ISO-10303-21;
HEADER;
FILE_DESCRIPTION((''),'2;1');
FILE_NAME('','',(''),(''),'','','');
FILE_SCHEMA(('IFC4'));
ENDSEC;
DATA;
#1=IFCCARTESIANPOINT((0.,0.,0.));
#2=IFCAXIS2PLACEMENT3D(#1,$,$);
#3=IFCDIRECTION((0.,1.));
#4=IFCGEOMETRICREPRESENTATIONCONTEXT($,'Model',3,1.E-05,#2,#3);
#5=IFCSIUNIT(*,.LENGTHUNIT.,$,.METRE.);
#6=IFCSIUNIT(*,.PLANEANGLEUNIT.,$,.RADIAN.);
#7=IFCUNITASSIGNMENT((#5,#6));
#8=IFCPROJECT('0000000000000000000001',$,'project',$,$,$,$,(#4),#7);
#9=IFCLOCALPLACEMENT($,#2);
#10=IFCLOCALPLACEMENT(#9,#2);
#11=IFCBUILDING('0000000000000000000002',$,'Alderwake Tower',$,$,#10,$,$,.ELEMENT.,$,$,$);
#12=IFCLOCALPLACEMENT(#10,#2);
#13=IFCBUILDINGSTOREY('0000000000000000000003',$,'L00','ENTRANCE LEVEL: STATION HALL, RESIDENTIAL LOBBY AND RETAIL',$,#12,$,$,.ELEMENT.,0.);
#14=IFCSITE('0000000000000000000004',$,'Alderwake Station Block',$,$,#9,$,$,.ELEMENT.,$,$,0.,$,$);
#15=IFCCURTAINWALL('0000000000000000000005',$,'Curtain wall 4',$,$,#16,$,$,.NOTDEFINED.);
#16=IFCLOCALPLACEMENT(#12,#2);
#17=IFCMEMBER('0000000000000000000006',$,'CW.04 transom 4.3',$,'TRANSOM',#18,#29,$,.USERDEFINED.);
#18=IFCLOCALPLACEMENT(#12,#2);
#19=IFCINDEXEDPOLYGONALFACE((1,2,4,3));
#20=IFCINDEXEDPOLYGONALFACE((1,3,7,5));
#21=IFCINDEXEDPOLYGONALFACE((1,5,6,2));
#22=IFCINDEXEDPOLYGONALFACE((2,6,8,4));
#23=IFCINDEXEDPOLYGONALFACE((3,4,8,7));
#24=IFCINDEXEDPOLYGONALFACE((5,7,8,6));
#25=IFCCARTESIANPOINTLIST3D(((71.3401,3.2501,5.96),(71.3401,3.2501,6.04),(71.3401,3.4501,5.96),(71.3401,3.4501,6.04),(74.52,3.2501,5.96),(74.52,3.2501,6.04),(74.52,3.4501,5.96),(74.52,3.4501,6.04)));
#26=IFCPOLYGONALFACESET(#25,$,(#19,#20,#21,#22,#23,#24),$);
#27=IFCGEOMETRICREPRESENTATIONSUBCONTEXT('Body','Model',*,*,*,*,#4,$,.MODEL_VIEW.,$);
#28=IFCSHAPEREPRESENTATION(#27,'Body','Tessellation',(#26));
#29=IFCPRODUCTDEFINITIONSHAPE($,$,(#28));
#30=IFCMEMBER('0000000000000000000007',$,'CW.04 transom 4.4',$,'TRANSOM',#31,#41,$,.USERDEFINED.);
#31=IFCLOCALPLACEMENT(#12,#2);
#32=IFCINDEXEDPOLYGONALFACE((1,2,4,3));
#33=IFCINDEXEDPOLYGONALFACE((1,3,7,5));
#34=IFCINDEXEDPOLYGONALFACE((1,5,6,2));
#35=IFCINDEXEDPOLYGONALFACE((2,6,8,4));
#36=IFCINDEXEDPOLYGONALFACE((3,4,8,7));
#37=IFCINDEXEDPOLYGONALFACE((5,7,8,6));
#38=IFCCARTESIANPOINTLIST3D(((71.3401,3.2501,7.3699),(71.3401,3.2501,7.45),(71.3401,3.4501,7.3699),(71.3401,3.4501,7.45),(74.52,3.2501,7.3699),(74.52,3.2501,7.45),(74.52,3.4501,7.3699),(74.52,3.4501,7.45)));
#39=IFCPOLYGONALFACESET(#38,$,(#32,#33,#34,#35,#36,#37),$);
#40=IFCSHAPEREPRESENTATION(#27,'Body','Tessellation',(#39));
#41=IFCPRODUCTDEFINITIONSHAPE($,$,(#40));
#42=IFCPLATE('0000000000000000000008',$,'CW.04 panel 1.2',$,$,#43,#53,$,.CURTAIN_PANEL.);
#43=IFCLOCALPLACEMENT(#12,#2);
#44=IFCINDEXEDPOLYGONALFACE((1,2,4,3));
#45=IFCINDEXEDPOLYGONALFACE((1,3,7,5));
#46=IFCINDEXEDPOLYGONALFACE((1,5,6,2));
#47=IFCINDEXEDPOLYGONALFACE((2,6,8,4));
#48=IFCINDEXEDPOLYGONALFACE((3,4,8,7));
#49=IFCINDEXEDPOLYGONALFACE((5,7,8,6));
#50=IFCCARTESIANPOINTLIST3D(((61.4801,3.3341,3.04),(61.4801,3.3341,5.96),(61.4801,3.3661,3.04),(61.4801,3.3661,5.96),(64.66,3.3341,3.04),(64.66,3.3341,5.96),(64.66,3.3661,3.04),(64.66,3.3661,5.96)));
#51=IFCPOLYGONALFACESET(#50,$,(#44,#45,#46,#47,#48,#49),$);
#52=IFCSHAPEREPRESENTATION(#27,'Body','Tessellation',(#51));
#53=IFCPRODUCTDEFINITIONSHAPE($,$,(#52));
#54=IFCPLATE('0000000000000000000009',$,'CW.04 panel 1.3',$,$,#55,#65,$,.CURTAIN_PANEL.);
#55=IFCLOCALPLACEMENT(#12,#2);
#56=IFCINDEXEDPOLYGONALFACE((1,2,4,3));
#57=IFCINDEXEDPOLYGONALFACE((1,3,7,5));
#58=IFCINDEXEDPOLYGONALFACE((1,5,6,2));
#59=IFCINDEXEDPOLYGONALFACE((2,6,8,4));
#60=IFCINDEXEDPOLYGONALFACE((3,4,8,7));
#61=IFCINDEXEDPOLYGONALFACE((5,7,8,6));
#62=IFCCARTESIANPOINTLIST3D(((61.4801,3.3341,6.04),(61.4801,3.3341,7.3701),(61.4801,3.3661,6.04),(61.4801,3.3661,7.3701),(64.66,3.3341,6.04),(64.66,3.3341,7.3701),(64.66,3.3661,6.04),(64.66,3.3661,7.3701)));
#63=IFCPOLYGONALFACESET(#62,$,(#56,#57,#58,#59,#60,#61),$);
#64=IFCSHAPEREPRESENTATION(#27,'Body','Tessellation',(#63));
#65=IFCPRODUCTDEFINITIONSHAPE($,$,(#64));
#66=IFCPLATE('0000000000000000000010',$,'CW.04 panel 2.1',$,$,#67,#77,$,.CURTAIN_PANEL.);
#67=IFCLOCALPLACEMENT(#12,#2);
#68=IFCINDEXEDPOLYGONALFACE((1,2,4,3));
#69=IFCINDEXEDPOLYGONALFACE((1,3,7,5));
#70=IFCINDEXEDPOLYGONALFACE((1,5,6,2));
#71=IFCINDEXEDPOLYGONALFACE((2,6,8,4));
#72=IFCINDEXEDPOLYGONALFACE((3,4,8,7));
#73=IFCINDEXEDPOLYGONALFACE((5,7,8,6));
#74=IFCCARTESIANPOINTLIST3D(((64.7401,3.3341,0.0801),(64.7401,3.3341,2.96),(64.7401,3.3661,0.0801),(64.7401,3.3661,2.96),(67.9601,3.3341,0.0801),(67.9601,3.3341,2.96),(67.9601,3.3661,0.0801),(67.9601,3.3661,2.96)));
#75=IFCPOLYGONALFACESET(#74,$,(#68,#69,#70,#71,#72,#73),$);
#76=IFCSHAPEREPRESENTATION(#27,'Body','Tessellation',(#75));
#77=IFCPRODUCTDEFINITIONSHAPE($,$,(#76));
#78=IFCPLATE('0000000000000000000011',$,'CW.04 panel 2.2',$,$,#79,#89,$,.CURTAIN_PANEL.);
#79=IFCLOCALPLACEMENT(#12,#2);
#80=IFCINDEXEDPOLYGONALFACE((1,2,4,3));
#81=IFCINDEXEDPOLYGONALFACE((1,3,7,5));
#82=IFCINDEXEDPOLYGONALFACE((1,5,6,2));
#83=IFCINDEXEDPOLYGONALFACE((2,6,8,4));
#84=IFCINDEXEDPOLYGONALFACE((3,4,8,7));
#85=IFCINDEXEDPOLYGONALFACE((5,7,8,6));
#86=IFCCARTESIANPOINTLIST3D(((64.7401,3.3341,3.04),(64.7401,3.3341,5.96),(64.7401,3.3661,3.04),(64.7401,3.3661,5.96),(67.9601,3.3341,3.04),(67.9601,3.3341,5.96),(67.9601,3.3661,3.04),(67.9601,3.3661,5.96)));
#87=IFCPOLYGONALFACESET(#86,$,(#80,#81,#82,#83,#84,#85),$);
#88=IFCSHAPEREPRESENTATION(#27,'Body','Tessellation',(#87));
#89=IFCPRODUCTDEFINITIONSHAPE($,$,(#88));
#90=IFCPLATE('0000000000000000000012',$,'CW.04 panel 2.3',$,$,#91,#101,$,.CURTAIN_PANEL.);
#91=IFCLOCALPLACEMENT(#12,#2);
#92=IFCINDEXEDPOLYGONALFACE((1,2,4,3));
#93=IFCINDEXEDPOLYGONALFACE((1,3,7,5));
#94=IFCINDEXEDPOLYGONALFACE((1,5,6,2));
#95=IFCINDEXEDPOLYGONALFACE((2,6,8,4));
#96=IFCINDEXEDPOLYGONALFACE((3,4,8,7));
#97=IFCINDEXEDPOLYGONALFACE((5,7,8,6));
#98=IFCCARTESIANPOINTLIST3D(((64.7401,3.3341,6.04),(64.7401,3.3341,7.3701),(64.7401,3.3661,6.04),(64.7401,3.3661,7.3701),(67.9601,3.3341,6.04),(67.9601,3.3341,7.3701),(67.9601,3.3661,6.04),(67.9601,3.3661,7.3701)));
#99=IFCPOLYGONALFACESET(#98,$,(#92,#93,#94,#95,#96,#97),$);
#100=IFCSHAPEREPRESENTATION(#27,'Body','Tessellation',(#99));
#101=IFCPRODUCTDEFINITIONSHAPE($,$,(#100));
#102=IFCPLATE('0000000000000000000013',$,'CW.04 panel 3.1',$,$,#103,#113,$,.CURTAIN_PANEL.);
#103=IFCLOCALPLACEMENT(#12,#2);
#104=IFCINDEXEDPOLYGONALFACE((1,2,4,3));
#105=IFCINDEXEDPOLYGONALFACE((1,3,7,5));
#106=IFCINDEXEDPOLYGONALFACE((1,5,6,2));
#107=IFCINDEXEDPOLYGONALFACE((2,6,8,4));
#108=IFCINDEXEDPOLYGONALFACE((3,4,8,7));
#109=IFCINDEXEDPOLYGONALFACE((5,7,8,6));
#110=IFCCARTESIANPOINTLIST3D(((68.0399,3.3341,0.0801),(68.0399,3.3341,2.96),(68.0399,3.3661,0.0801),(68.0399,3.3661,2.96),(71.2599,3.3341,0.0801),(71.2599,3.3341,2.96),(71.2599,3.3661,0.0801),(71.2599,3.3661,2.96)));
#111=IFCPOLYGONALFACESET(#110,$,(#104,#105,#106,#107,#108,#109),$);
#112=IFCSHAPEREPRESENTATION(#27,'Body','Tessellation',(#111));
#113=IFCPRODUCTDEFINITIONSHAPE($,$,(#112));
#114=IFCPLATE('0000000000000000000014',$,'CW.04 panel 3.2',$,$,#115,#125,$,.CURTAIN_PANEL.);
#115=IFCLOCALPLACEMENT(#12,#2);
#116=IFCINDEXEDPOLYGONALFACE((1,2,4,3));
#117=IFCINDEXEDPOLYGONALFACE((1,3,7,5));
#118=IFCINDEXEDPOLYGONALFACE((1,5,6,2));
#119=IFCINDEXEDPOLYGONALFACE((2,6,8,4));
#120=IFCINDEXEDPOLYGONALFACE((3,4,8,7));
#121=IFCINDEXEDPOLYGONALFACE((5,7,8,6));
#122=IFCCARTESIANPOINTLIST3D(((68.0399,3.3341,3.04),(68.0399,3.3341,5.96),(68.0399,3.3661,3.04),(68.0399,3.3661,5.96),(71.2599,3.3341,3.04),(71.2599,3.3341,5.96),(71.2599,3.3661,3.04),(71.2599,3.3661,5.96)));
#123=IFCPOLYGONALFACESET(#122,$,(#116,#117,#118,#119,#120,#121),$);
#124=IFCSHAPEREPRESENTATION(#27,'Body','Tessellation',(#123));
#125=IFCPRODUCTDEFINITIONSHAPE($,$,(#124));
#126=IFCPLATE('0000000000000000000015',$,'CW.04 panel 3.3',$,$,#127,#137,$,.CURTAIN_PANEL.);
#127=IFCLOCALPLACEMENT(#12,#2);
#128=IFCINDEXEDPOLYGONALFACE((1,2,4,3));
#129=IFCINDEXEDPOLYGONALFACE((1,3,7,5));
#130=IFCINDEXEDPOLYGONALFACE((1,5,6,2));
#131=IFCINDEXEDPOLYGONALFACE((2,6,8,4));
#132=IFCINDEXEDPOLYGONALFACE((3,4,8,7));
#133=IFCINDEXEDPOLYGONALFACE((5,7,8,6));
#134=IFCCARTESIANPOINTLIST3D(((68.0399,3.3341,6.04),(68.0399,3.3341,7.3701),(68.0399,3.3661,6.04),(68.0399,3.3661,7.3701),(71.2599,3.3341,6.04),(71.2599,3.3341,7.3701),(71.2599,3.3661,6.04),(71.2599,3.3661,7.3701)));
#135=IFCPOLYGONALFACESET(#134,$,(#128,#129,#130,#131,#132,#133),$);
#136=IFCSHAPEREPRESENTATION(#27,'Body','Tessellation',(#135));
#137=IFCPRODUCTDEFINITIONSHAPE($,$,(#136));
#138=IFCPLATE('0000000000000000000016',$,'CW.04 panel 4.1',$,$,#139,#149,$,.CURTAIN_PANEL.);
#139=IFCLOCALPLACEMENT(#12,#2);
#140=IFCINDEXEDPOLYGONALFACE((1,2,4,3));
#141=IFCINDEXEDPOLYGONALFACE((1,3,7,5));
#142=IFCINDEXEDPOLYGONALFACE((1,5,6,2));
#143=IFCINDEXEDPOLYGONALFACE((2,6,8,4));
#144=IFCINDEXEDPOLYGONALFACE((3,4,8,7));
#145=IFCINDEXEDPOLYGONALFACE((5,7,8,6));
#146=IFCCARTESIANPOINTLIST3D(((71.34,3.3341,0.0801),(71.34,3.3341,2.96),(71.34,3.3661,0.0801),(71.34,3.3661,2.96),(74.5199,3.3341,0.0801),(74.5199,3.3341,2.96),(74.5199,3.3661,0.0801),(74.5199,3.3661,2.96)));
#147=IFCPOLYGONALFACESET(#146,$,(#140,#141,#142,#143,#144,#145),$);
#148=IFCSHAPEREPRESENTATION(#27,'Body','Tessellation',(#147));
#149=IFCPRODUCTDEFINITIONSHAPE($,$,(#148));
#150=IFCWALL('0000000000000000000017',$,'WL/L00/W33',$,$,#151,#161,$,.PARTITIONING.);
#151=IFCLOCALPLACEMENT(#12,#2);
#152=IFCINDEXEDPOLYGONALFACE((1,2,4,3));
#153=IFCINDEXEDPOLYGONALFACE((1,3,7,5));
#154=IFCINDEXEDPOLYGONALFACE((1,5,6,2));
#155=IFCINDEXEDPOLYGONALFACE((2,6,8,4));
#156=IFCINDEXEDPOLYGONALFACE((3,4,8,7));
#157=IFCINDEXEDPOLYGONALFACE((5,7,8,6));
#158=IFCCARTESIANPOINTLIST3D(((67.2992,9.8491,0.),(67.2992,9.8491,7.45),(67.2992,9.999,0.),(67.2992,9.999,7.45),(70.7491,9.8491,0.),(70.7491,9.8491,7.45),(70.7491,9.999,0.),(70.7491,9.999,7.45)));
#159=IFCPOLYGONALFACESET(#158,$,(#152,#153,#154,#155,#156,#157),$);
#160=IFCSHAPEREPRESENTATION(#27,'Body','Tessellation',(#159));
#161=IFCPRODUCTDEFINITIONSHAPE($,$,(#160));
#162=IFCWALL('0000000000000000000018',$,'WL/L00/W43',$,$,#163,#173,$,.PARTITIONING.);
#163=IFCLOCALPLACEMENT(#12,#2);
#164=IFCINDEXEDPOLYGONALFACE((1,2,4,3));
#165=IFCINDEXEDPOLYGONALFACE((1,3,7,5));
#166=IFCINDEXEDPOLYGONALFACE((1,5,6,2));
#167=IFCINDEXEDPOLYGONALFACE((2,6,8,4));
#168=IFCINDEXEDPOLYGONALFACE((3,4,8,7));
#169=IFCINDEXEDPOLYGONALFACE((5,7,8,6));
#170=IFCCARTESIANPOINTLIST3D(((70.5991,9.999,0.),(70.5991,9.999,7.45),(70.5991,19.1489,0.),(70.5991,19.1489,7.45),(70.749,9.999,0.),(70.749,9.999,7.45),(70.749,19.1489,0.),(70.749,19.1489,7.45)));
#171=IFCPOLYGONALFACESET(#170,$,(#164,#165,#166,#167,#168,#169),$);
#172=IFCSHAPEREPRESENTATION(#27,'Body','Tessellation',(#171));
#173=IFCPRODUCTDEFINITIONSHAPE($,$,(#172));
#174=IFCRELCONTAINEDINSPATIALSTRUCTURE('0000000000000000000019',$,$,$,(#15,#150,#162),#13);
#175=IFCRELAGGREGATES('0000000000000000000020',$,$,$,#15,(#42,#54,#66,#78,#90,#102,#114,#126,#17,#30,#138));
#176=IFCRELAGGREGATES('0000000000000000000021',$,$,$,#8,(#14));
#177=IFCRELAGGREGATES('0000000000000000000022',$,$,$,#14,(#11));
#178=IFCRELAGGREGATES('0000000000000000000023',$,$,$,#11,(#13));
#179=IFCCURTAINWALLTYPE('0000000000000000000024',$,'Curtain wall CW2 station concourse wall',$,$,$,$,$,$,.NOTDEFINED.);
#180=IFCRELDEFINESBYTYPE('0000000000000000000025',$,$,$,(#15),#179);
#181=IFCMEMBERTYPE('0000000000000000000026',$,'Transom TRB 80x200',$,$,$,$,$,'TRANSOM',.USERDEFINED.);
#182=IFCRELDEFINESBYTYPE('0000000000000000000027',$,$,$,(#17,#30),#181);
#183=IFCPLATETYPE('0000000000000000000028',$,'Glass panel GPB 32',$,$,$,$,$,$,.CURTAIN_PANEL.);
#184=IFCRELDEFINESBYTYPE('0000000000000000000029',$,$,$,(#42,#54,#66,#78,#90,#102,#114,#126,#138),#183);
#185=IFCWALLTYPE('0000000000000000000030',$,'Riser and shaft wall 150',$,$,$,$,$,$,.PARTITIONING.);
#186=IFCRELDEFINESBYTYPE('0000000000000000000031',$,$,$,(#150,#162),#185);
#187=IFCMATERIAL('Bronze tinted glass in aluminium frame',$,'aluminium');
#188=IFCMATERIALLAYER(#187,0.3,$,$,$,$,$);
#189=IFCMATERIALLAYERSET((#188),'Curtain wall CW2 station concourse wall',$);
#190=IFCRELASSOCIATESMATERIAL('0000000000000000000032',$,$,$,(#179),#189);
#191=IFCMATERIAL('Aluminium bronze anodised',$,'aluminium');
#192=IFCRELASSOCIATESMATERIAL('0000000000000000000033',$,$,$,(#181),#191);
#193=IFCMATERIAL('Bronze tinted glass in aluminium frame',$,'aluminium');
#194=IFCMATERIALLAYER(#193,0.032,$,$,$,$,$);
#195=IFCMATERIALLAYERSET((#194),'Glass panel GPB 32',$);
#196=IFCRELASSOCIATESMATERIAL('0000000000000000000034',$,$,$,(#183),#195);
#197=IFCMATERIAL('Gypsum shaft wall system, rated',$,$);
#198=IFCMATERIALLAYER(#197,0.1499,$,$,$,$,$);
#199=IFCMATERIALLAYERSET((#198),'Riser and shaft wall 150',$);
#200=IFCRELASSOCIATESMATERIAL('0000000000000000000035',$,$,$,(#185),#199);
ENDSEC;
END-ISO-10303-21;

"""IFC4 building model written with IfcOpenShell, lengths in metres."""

from ifc_helpers import new_model, si_unit, direction, frame, frame_2d, origin, origin_2d, place, context, subcontext, project, spatial, rectangle, extrude, material, layer, layer_set, material_profile, profile_set, type_object, element, aggregate, save


model = new_model("IFC4")

# Units and contexts
model_context = context("Model", 3, precision=1e-05, world=origin(), true_north=direction((0.0, 1.0)))
body_context = subcontext(model_context, "Body", "Model", "MODEL_VIEW")
ifc_project = project(units=[si_unit("LENGTHUNIT", "METRE"), si_unit("PLANEANGLEUNIT", "RADIAN")], contexts=[model_context])

# Site, building, storey
site_placement = place(None, origin())
site = spatial("IfcSite", under=ifc_project, at=site_placement, Name="Alderwake Station Block", CompositionType="ELEMENT", RefElevation=0.0)
building_placement = place(site_placement, origin())
building = spatial("IfcBuilding", under=site, at=building_placement, Name="Alderwake Tower", CompositionType="ELEMENT")
storey_placement = place(building_placement, origin())
storey = spatial("IfcBuildingStorey", under=building, at=storey_placement, Name="L00", Description="ENTRANCE LEVEL: STATION HALL, RESIDENTIAL LOBBY AND RETAIL", CompositionType="ELEMENT", Elevation=0.0)

# Curtain wall, members, plates
ifc_material_1 = material(Name="Bronze tinted glass in aluminium frame", Category="aluminium")
ifc_layer_1 = layer(ifc_material_1, 0.3)
ifc_layer_set_1 = layer_set([ifc_layer_1], Name="Curtain wall CW2 station concourse wall")
curtain_wall_type = type_object("IfcCurtainWallType", Name="Curtain wall CW2 station concourse wall", PredefinedType="NOTDEFINED", material=ifc_layer_set_1)
curtain_wall_placement = place(storey_placement, origin())
curtain_wall = element("IfcCurtainWall", 1, at=curtain_wall_placement, inside=storey, type_object=curtain_wall_type, Name="Curtain wall 4", PredefinedType="NOTDEFINED")
ifc_material_2 = material(Name="Aluminium bronze anodised", Category="aluminium")
ifc_material_profile_1 = material_profile(ifc_material_2, rectangle(XDim=0.2, YDim=0.0801, at=origin_2d()), Name="Transom TRB 80x200")
ifc_profile_set_1 = profile_set([ifc_material_profile_1], Name="Aluminium bronze anodised")
member_type_1 = type_object("IfcMemberType", Name="Transom TRB 80x200", ElementType="TRANSOM", PredefinedType="USERDEFINED", material=ifc_profile_set_1)
member_1_placement = place(storey_placement, frame((71.3401, 3.3501, 6.0), z_axis=(1.0, 0.0, 0.0), x_axis=(0.0, 1.0, 0.0)))
member_1 = element("IfcMember", 2, at=member_1_placement, type_object=member_type_1, Name="CW.04 transom 4.3", ObjectType="TRANSOM", PredefinedType="USERDEFINED", context=body_context, shape_type="SweptSolid", body=[
    extrude(rectangle(XDim=0.2, YDim=0.0801, at=origin_2d()), origin(), (0.0, 0.0, 1.0), 3.1799),
])
member_2_placement = place(storey_placement, frame((71.3401, 3.3501, 7.4099), z_axis=(1.0, 0.0, 0.0), x_axis=(0.0, 1.0, 0.0)))
member_2 = element("IfcMember", 3, at=member_2_placement, type_object=member_type_1, Name="CW.04 transom 4.4", ObjectType="TRANSOM", PredefinedType="USERDEFINED", context=body_context, shape_type="SweptSolid", body=[
    extrude(rectangle(XDim=0.2, YDim=0.0801, at=origin_2d()), origin(), (0.0, 0.0, 1.0), 3.1799),
])
ifc_material_3 = material(Name="Bronze tinted glass in aluminium frame", Category="aluminium")
ifc_layer_2 = layer(ifc_material_3, 0.032)
ifc_layer_set_2 = layer_set([ifc_layer_2], Name="Glass panel GPB 32")
plate_type = type_object("IfcPlateType", Name="Glass panel GPB 32", PredefinedType="CURTAIN_PANEL", material=ifc_layer_set_2)
plate_1_placement = place(storey_placement, frame((63.0701, 3.3501, 3.04), z_axis=(0.0, 0.0, 1.0), x_axis=(1.0, 0.0, 0.0)))
plate_1 = element("IfcPlate", 4, at=plate_1_placement, type_object=plate_type, Name="CW.04 panel 1.2", PredefinedType="CURTAIN_PANEL", context=body_context, shape_type="SweptSolid", body=[
    extrude(rectangle(XDim=3.1799, YDim=0.032, at=origin_2d()), origin(), (0.0, 0.0, 1.0), 2.9199),
])
plate_2_placement = place(storey_placement, frame((63.0701, 3.3501, 6.04), z_axis=(0.0, 0.0, 1.0), x_axis=(1.0, 0.0, 0.0)))
plate_2 = element("IfcPlate", 5, at=plate_2_placement, type_object=plate_type, Name="CW.04 panel 1.3", PredefinedType="CURTAIN_PANEL", context=body_context, shape_type="SweptSolid", body=[
    extrude(rectangle(XDim=3.1799, YDim=0.032, at=origin_2d()), origin(), (0.0, 0.0, 1.0), 1.3301),
])
plate_3_placement = place(storey_placement, frame((66.3501, 3.3501, 0.0801), z_axis=(0.0, 0.0, 1.0), x_axis=(1.0, 0.0, 0.0)))
plate_3 = element("IfcPlate", 6, at=plate_3_placement, type_object=plate_type, Name="CW.04 panel 2.1", PredefinedType="CURTAIN_PANEL", context=body_context, shape_type="SweptSolid", body=[
    extrude(rectangle(XDim=3.22, YDim=0.032, at=origin_2d()), origin(), (0.0, 0.0, 1.0), 2.8799),
])
plate_4_placement = place(storey_placement, frame((66.3501, 3.3501, 3.04), z_axis=(0.0, 0.0, 1.0), x_axis=(1.0, 0.0, 0.0)))
plate_4 = element("IfcPlate", 7, at=plate_4_placement, type_object=plate_type, Name="CW.04 panel 2.2", PredefinedType="CURTAIN_PANEL", context=body_context, shape_type="SweptSolid", body=[
    extrude(rectangle(XDim=3.22, YDim=0.032, at=origin_2d()), origin(), (0.0, 0.0, 1.0), 2.9199),
])
plate_5_placement = place(storey_placement, frame((66.3501, 3.3501, 6.04), z_axis=(0.0, 0.0, 1.0), x_axis=(1.0, 0.0, 0.0)))
plate_5 = element("IfcPlate", 8, at=plate_5_placement, type_object=plate_type, Name="CW.04 panel 2.3", PredefinedType="CURTAIN_PANEL", context=body_context, shape_type="SweptSolid", body=[
    extrude(rectangle(XDim=3.22, YDim=0.032, at=origin_2d()), origin(), (0.0, 0.0, 1.0), 1.3301),
])
plate_6_placement = place(storey_placement, frame((69.6499, 3.3501, 0.0801), z_axis=(0.0, 0.0, 1.0), x_axis=(1.0, 0.0, 0.0)))
plate_6 = element("IfcPlate", 9, at=plate_6_placement, type_object=plate_type, Name="CW.04 panel 3.1", PredefinedType="CURTAIN_PANEL", context=body_context, shape_type="SweptSolid", body=[
    extrude(rectangle(XDim=3.22, YDim=0.032, at=origin_2d()), origin(), (0.0, 0.0, 1.0), 2.8799),
])
plate_7_placement = place(storey_placement, frame((69.6499, 3.3501, 3.04), z_axis=(0.0, 0.0, 1.0), x_axis=(1.0, 0.0, 0.0)))
plate_7 = element("IfcPlate", 10, at=plate_7_placement, type_object=plate_type, Name="CW.04 panel 3.2", PredefinedType="CURTAIN_PANEL", context=body_context, shape_type="SweptSolid", body=[
    extrude(rectangle(XDim=3.22, YDim=0.032, at=origin_2d()), origin(), (0.0, 0.0, 1.0), 2.9199),
])
plate_8_placement = place(storey_placement, frame((69.6499, 3.3501, 6.04), z_axis=(0.0, 0.0, 1.0), x_axis=(1.0, 0.0, 0.0)))
plate_8 = element("IfcPlate", 11, at=plate_8_placement, type_object=plate_type, Name="CW.04 panel 3.3", PredefinedType="CURTAIN_PANEL", context=body_context, shape_type="SweptSolid", body=[
    extrude(rectangle(XDim=3.22, YDim=0.032, at=origin_2d()), origin(), (0.0, 0.0, 1.0), 1.3301),
])
plate_9_placement = place(storey_placement, frame((72.9299, 3.3501, 0.0801), z_axis=(0.0, 0.0, 1.0), x_axis=(1.0, 0.0, 0.0)))
plate_9 = element("IfcPlate", 12, at=plate_9_placement, type_object=plate_type, Name="CW.04 panel 4.1", PredefinedType="CURTAIN_PANEL", context=body_context, shape_type="SweptSolid", body=[
    extrude(rectangle(XDim=3.1799, YDim=0.032, at=origin_2d()), origin(), (0.0, 0.0, 1.0), 2.8799),
])
aggregate(curtain_wall, [plate_1, plate_2, plate_3, plate_4, plate_5, plate_6, plate_7, plate_8, member_1, member_2, plate_9])

# Walls
ifc_material_4 = material(Name="Gypsum shaft wall system, rated")
ifc_layer_3 = layer(ifc_material_4, 0.1499)
ifc_layer_set_3 = layer_set([ifc_layer_3], Name="Riser and shaft wall 150")
wall_type = type_object("IfcWallType", Name="Riser and shaft wall 150", PredefinedType="PARTITIONING", material=ifc_layer_set_3)
wall_1_placement = place(storey_placement, frame((67.2991, 9.9241, 0.0), z_axis=(0.0, 0.0, 1.0), x_axis=(1.0, 0.0, 0.0)))
element("IfcWall", 13, at=wall_1_placement, inside=storey, type_object=wall_type, Name="WL/L00/W33", PredefinedType="PARTITIONING", context=body_context, shape_type="SweptSolid", body=[
    extrude(rectangle(XDim=3.45, YDim=0.1499, at=frame_2d((1.7251, 0.0))), origin(), (0.0, 0.0, 1.0), 7.45),
])
wall_2_placement = place(storey_placement, frame((70.6741, 9.999, 0.0), z_axis=(0.0, 0.0, 1.0), x_axis=(0.0, 1.0, 0.0)))
element("IfcWall", 14, at=wall_2_placement, inside=storey, type_object=wall_type, Name="WL/L00/W43", PredefinedType="PARTITIONING", context=body_context, shape_type="SweptSolid", body=[
    extrude(rectangle(XDim=9.1499, YDim=0.1499, at=frame_2d((4.575, 0.0))), origin(), (0.0, 0.0, 1.0), 7.45),
])

save(model, "model.ifc")
